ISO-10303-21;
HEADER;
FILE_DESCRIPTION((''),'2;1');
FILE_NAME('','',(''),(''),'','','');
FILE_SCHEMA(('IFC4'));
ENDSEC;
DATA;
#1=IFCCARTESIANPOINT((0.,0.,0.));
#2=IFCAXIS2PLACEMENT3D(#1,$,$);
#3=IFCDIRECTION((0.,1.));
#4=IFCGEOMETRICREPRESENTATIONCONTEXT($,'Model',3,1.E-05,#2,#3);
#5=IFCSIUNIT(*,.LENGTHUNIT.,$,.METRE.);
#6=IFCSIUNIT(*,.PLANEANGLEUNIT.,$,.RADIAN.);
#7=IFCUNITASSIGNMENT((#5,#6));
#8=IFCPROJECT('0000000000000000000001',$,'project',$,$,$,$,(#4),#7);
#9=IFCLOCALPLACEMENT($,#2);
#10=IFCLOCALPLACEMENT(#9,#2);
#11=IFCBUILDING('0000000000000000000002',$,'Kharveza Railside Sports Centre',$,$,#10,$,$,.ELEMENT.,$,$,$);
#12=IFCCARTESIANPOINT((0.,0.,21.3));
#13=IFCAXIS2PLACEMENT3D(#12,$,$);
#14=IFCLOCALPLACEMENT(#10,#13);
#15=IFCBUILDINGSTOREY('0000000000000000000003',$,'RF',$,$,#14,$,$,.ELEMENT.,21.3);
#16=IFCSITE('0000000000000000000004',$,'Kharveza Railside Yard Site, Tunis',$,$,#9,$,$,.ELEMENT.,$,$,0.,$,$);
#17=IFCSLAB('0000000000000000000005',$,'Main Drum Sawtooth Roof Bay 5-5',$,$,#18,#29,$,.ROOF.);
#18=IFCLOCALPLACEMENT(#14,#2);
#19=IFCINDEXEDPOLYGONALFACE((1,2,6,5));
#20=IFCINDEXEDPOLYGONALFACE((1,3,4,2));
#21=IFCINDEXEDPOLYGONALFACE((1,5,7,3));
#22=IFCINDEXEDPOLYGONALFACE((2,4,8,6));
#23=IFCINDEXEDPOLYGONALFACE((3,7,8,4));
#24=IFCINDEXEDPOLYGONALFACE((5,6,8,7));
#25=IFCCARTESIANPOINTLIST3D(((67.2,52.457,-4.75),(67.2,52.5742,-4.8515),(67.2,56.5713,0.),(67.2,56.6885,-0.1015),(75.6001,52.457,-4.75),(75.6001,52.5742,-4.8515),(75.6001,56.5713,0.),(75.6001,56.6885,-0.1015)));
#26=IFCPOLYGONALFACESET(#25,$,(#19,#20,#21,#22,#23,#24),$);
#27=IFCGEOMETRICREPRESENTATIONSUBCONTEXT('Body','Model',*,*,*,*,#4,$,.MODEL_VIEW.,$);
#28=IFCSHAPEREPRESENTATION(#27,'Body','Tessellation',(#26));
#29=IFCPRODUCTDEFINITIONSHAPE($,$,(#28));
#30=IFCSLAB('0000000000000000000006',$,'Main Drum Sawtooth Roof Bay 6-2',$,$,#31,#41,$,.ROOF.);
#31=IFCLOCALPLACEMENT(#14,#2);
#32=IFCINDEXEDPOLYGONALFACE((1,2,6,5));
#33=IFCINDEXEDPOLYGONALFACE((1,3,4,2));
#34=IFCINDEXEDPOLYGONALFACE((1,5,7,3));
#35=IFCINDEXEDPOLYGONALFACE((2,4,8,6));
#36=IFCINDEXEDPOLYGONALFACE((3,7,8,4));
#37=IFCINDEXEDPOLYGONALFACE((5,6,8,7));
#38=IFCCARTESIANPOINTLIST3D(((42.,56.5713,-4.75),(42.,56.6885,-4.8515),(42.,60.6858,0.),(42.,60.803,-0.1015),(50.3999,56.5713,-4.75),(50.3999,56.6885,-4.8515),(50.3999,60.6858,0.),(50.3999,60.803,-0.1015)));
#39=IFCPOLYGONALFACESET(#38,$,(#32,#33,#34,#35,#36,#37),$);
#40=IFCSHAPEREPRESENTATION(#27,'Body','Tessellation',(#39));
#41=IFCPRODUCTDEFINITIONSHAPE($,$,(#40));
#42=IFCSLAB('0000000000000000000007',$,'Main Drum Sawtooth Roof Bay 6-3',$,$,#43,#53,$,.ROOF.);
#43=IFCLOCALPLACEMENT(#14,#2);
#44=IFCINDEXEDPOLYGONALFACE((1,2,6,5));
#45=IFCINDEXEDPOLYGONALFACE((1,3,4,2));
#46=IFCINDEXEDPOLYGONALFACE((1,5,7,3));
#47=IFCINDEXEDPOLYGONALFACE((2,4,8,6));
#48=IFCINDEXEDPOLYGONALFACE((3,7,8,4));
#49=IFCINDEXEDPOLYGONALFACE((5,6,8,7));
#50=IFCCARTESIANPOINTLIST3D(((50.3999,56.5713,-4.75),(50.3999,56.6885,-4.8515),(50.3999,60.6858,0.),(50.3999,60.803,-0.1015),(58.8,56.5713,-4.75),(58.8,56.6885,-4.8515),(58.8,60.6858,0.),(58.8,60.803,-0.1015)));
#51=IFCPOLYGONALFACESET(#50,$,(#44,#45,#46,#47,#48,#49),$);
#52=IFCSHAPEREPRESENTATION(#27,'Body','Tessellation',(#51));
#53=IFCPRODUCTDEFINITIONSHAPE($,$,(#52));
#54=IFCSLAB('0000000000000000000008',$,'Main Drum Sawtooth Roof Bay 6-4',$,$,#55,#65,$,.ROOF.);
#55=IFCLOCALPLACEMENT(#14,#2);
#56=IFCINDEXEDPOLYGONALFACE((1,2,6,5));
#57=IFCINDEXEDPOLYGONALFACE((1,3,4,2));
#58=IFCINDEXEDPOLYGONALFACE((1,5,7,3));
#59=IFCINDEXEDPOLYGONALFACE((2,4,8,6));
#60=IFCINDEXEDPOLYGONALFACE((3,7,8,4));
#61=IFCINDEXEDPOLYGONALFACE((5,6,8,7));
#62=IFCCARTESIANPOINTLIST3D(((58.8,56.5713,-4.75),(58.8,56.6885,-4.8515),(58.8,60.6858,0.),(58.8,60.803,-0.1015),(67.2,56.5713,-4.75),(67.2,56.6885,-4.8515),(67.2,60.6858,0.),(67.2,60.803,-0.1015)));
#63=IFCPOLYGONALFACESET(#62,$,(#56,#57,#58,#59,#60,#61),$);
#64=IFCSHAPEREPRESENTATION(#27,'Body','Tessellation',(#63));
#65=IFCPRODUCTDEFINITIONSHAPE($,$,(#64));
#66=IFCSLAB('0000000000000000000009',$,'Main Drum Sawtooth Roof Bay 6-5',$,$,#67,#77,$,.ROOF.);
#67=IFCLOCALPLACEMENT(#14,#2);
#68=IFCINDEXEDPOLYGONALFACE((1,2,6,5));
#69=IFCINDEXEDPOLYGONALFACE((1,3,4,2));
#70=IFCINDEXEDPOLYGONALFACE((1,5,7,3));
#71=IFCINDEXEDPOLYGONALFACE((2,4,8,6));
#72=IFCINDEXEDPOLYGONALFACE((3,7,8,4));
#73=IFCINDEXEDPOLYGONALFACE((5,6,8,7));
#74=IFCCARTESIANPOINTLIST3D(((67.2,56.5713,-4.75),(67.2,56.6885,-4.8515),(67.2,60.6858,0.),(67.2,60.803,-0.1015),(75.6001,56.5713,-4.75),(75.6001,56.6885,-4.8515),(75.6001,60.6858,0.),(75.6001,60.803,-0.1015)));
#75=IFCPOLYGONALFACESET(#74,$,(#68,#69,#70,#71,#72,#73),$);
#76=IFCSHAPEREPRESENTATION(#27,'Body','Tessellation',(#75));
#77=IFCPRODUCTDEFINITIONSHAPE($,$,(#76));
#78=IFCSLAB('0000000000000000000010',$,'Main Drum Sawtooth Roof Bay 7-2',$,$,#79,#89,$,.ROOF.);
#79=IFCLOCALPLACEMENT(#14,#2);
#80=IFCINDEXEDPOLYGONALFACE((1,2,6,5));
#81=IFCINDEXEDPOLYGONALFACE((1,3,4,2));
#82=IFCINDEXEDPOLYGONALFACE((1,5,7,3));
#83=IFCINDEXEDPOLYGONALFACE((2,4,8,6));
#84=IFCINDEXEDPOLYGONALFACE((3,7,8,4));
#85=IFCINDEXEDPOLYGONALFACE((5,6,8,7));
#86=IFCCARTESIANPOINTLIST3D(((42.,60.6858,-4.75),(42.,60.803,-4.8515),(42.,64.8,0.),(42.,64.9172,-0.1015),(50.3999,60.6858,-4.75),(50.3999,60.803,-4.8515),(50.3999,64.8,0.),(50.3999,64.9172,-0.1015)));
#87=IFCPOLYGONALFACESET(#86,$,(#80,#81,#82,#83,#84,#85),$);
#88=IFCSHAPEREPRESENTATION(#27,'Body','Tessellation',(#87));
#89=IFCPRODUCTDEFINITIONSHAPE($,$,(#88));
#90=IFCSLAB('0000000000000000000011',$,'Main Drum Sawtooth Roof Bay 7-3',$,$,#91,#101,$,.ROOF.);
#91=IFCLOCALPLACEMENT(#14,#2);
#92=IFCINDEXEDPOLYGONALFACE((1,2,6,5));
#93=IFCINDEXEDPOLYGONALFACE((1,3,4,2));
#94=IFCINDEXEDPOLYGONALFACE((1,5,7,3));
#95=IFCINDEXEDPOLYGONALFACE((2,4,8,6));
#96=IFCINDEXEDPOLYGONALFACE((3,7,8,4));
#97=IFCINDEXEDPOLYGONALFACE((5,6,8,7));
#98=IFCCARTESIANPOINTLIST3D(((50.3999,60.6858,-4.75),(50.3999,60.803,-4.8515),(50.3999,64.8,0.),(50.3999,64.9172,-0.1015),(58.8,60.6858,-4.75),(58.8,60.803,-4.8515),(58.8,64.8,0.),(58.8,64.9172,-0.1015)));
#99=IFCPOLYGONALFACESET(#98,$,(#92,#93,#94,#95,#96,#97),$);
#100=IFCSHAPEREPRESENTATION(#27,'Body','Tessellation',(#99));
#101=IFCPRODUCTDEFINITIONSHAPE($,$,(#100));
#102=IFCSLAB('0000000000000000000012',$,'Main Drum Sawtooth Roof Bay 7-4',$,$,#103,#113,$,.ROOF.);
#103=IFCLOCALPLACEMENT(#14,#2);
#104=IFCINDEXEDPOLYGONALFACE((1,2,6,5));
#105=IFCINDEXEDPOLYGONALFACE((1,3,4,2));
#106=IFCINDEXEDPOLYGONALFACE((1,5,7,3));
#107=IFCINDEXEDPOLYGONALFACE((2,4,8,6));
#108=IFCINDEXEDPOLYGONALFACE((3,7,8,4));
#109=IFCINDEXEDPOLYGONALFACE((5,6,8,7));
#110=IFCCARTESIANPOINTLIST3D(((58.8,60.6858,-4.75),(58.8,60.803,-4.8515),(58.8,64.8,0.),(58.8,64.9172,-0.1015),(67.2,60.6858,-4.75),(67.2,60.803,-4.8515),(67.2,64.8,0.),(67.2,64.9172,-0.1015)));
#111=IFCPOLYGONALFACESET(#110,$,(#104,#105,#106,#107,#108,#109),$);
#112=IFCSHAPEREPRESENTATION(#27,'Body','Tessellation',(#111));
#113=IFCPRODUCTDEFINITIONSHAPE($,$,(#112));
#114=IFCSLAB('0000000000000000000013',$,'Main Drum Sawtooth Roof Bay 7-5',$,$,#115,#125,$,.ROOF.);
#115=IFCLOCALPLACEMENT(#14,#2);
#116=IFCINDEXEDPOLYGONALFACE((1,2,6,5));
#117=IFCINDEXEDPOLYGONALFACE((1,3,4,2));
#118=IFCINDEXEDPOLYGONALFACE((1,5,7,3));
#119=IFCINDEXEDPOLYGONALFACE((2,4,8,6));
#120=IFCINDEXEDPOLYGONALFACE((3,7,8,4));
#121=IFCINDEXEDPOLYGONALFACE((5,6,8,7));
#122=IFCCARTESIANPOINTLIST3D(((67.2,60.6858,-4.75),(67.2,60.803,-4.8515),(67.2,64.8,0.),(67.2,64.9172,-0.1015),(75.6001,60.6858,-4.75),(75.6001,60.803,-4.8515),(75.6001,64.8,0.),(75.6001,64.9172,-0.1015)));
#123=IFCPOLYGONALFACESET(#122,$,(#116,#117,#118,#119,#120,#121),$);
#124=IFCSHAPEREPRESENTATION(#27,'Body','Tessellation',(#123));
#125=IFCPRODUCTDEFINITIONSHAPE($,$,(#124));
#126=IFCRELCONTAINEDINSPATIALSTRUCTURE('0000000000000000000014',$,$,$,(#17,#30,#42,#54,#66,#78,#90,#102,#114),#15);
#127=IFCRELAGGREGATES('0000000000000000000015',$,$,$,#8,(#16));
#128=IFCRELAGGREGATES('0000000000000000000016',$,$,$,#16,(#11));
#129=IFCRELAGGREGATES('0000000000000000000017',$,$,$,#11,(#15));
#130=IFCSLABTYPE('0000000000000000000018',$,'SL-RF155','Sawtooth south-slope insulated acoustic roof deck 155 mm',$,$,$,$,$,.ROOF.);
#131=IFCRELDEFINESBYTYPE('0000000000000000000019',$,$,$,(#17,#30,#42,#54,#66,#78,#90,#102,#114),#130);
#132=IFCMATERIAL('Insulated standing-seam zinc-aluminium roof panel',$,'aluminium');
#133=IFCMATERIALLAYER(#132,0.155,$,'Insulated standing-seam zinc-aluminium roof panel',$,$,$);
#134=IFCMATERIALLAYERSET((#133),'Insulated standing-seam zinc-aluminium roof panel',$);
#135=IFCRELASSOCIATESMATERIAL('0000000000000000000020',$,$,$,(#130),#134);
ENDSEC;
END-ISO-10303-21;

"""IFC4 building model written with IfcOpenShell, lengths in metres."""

from ifc_helpers import new_model, si_unit, direction, frame, origin, place, context, subcontext, project, spatial, polyline, outline, extrude, material, layer, layer_set, type_object, element, save


model = new_model("IFC4")

# Units and contexts
model_context = context("Model", 3, precision=1e-05, world=origin(), true_north=direction((0.0, 1.0)))
body_context = subcontext(model_context, "Body", "Model", "MODEL_VIEW")
ifc_project = project(units=[si_unit("LENGTHUNIT", "METRE"), si_unit("PLANEANGLEUNIT", "RADIAN")], contexts=[model_context])

# Site, building, storey
site_placement = place(None, origin())
site = spatial("IfcSite", under=ifc_project, at=site_placement, Name="Kharveza Railside Yard Site, Tunis", CompositionType="ELEMENT", RefElevation=0.0)
building_placement = place(site_placement, origin())
building = spatial("IfcBuilding", under=site, at=building_placement, Name="Kharveza Railside Sports Centre", CompositionType="ELEMENT")
storey_placement = place(building_placement, frame((0.0, 0.0, 21.3)))
storey = spatial("IfcBuildingStorey", under=building, at=storey_placement, Name="RF", CompositionType="ELEMENT", Elevation=21.3)

# Slabs
ifc_material = material(Name="Insulated standing-seam zinc-aluminium roof panel", Category="aluminium")
ifc_layer = layer(ifc_material, 0.155, Name="Insulated standing-seam zinc-aluminium roof panel")
ifc_layer_set = layer_set([ifc_layer], Name="Insulated standing-seam zinc-aluminium roof panel")
slab_type = type_object("IfcSlabType", Name="SL-RF155", Description="Sawtooth south-slope insulated acoustic roof deck 155 mm", PredefinedType="ROOF", material=ifc_layer_set)
slab_1_placement = place(storey_placement, frame((67.2, 52.457, -4.75), z_axis=(0.0, -0.755879, 0.654712), x_axis=(1.0, 0.0, 0.0)))
element("IfcSlab", 1, at=slab_1_placement, inside=storey, type_object=slab_type, Name="Main Drum Sawtooth Roof Bay 5-5", PredefinedType="ROOF", context=body_context, shape_type="SweptSolid", body=[
    extrude(outline(polyline([(0.0, 0.0), (8.4001, 0.0), (8.4001, 6.2841), (0.0, 6.2841), (0.0, 0.0)])), origin(), (0.0, 0.0, -1.0), 0.155),
])
slab_2_placement = place(storey_placement, frame((42.0, 56.5713, -4.75), z_axis=(0.0, -0.75586, 0.654734), x_axis=(1.0, 0.0, 0.0)))
element("IfcSlab", 2, at=slab_2_placement, inside=storey, type_object=slab_type, Name="Main Drum Sawtooth Roof Bay 6-2", PredefinedType="ROOF", context=body_context, shape_type="SweptSolid", body=[
    extrude(outline(polyline([(0.0, 0.0), (8.3999, 0.0), (8.3999, 6.2842), (0.0, 6.2842), (0.0, 0.0)])), origin(), (0.0, 0.0, -1.0), 0.155),
])
slab_3_placement = place(storey_placement, frame((50.3999, 56.5713, -4.75), z_axis=(0.0, -0.75586, 0.654734), x_axis=(1.0, 0.0, 0.0)))
element("IfcSlab", 3, at=slab_3_placement, inside=storey, type_object=slab_type, Name="Main Drum Sawtooth Roof Bay 6-3", PredefinedType="ROOF", context=body_context, shape_type="SweptSolid", body=[
    extrude(outline(polyline([(0.0, 0.0), (8.4001, 0.0), (8.4001, 6.2842), (0.0, 6.2842), (0.0, 0.0)])), origin(), (0.0, 0.0, -1.0), 0.155),
])
slab_4_placement = place(storey_placement, frame((58.8, 56.5713, -4.75), z_axis=(0.0, -0.75586, 0.654734), x_axis=(1.0, 0.0, 0.0)))
element("IfcSlab", 4, at=slab_4_placement, inside=storey, type_object=slab_type, Name="Main Drum Sawtooth Roof Bay 6-4", PredefinedType="ROOF", context=body_context, shape_type="SweptSolid", body=[
    extrude(outline(polyline([(0.0, 0.0), (8.3999, 0.0), (8.3999, 6.2842), (0.0, 6.2842), (0.0, 0.0)])), origin(), (0.0, 0.0, -1.0), 0.155),
])
slab_5_placement = place(storey_placement, frame((67.2, 56.5713, -4.75), z_axis=(0.0, -0.75586, 0.654734), x_axis=(1.0, 0.0, 0.0)))
element("IfcSlab", 5, at=slab_5_placement, inside=storey, type_object=slab_type, Name="Main Drum Sawtooth Roof Bay 6-5", PredefinedType="ROOF", context=body_context, shape_type="SweptSolid", body=[
    extrude(outline(polyline([(0.0, 0.0), (8.4001, 0.0), (8.4001, 6.2842), (0.0, 6.2842), (0.0, 0.0)])), origin(), (0.0, 0.0, -1.0), 0.155),
])
slab_6_placement = place(storey_placement, frame((42.0, 60.6858, -4.75), z_axis=(0.0, -0.755879, 0.654712), x_axis=(1.0, 0.0, 0.0)))
element("IfcSlab", 6, at=slab_6_placement, inside=storey, type_object=slab_type, Name="Main Drum Sawtooth Roof Bay 7-2", PredefinedType="ROOF", context=body_context, shape_type="SweptSolid", body=[
    extrude(outline(polyline([(0.0, 0.0), (8.3999, 0.0), (8.3999, 6.2841), (0.0, 6.2841), (0.0, 0.0)])), origin(), (0.0, 0.0, -1.0), 0.155),
])
slab_7_placement = place(storey_placement, frame((50.3999, 60.6858, -4.75), z_axis=(0.0, -0.755879, 0.654712), x_axis=(1.0, 0.0, 0.0)))
element("IfcSlab", 7, at=slab_7_placement, inside=storey, type_object=slab_type, Name="Main Drum Sawtooth Roof Bay 7-3", PredefinedType="ROOF", context=body_context, shape_type="SweptSolid", body=[
    extrude(outline(polyline([(0.0, 0.0), (8.4001, 0.0), (8.4001, 6.2841), (0.0, 6.2841), (0.0, 0.0)])), origin(), (0.0, 0.0, -1.0), 0.155),
])
slab_8_placement = place(storey_placement, frame((58.8, 60.6858, -4.75), z_axis=(0.0, -0.755879, 0.654712), x_axis=(1.0, 0.0, 0.0)))
element("IfcSlab", 8, at=slab_8_placement, inside=storey, type_object=slab_type, Name="Main Drum Sawtooth Roof Bay 7-4", PredefinedType="ROOF", context=body_context, shape_type="SweptSolid", body=[
    extrude(outline(polyline([(0.0, 0.0), (8.3999, 0.0), (8.3999, 6.2841), (0.0, 6.2841), (0.0, 0.0)])), origin(), (0.0, 0.0, -1.0), 0.155),
])
slab_9_placement = place(storey_placement, frame((67.2, 60.6858, -4.75), z_axis=(0.0, -0.755879, 0.654712), x_axis=(1.0, 0.0, 0.0)))
element("IfcSlab", 9, at=slab_9_placement, inside=storey, type_object=slab_type, Name="Main Drum Sawtooth Roof Bay 7-5", PredefinedType="ROOF", context=body_context, shape_type="SweptSolid", body=[
    extrude(outline(polyline([(0.0, 0.0), (8.4001, 0.0), (8.4001, 6.2841), (0.0, 6.2841), (0.0, 0.0)])), origin(), (0.0, 0.0, -1.0), 0.155),
])

save(model, "model.ifc")
